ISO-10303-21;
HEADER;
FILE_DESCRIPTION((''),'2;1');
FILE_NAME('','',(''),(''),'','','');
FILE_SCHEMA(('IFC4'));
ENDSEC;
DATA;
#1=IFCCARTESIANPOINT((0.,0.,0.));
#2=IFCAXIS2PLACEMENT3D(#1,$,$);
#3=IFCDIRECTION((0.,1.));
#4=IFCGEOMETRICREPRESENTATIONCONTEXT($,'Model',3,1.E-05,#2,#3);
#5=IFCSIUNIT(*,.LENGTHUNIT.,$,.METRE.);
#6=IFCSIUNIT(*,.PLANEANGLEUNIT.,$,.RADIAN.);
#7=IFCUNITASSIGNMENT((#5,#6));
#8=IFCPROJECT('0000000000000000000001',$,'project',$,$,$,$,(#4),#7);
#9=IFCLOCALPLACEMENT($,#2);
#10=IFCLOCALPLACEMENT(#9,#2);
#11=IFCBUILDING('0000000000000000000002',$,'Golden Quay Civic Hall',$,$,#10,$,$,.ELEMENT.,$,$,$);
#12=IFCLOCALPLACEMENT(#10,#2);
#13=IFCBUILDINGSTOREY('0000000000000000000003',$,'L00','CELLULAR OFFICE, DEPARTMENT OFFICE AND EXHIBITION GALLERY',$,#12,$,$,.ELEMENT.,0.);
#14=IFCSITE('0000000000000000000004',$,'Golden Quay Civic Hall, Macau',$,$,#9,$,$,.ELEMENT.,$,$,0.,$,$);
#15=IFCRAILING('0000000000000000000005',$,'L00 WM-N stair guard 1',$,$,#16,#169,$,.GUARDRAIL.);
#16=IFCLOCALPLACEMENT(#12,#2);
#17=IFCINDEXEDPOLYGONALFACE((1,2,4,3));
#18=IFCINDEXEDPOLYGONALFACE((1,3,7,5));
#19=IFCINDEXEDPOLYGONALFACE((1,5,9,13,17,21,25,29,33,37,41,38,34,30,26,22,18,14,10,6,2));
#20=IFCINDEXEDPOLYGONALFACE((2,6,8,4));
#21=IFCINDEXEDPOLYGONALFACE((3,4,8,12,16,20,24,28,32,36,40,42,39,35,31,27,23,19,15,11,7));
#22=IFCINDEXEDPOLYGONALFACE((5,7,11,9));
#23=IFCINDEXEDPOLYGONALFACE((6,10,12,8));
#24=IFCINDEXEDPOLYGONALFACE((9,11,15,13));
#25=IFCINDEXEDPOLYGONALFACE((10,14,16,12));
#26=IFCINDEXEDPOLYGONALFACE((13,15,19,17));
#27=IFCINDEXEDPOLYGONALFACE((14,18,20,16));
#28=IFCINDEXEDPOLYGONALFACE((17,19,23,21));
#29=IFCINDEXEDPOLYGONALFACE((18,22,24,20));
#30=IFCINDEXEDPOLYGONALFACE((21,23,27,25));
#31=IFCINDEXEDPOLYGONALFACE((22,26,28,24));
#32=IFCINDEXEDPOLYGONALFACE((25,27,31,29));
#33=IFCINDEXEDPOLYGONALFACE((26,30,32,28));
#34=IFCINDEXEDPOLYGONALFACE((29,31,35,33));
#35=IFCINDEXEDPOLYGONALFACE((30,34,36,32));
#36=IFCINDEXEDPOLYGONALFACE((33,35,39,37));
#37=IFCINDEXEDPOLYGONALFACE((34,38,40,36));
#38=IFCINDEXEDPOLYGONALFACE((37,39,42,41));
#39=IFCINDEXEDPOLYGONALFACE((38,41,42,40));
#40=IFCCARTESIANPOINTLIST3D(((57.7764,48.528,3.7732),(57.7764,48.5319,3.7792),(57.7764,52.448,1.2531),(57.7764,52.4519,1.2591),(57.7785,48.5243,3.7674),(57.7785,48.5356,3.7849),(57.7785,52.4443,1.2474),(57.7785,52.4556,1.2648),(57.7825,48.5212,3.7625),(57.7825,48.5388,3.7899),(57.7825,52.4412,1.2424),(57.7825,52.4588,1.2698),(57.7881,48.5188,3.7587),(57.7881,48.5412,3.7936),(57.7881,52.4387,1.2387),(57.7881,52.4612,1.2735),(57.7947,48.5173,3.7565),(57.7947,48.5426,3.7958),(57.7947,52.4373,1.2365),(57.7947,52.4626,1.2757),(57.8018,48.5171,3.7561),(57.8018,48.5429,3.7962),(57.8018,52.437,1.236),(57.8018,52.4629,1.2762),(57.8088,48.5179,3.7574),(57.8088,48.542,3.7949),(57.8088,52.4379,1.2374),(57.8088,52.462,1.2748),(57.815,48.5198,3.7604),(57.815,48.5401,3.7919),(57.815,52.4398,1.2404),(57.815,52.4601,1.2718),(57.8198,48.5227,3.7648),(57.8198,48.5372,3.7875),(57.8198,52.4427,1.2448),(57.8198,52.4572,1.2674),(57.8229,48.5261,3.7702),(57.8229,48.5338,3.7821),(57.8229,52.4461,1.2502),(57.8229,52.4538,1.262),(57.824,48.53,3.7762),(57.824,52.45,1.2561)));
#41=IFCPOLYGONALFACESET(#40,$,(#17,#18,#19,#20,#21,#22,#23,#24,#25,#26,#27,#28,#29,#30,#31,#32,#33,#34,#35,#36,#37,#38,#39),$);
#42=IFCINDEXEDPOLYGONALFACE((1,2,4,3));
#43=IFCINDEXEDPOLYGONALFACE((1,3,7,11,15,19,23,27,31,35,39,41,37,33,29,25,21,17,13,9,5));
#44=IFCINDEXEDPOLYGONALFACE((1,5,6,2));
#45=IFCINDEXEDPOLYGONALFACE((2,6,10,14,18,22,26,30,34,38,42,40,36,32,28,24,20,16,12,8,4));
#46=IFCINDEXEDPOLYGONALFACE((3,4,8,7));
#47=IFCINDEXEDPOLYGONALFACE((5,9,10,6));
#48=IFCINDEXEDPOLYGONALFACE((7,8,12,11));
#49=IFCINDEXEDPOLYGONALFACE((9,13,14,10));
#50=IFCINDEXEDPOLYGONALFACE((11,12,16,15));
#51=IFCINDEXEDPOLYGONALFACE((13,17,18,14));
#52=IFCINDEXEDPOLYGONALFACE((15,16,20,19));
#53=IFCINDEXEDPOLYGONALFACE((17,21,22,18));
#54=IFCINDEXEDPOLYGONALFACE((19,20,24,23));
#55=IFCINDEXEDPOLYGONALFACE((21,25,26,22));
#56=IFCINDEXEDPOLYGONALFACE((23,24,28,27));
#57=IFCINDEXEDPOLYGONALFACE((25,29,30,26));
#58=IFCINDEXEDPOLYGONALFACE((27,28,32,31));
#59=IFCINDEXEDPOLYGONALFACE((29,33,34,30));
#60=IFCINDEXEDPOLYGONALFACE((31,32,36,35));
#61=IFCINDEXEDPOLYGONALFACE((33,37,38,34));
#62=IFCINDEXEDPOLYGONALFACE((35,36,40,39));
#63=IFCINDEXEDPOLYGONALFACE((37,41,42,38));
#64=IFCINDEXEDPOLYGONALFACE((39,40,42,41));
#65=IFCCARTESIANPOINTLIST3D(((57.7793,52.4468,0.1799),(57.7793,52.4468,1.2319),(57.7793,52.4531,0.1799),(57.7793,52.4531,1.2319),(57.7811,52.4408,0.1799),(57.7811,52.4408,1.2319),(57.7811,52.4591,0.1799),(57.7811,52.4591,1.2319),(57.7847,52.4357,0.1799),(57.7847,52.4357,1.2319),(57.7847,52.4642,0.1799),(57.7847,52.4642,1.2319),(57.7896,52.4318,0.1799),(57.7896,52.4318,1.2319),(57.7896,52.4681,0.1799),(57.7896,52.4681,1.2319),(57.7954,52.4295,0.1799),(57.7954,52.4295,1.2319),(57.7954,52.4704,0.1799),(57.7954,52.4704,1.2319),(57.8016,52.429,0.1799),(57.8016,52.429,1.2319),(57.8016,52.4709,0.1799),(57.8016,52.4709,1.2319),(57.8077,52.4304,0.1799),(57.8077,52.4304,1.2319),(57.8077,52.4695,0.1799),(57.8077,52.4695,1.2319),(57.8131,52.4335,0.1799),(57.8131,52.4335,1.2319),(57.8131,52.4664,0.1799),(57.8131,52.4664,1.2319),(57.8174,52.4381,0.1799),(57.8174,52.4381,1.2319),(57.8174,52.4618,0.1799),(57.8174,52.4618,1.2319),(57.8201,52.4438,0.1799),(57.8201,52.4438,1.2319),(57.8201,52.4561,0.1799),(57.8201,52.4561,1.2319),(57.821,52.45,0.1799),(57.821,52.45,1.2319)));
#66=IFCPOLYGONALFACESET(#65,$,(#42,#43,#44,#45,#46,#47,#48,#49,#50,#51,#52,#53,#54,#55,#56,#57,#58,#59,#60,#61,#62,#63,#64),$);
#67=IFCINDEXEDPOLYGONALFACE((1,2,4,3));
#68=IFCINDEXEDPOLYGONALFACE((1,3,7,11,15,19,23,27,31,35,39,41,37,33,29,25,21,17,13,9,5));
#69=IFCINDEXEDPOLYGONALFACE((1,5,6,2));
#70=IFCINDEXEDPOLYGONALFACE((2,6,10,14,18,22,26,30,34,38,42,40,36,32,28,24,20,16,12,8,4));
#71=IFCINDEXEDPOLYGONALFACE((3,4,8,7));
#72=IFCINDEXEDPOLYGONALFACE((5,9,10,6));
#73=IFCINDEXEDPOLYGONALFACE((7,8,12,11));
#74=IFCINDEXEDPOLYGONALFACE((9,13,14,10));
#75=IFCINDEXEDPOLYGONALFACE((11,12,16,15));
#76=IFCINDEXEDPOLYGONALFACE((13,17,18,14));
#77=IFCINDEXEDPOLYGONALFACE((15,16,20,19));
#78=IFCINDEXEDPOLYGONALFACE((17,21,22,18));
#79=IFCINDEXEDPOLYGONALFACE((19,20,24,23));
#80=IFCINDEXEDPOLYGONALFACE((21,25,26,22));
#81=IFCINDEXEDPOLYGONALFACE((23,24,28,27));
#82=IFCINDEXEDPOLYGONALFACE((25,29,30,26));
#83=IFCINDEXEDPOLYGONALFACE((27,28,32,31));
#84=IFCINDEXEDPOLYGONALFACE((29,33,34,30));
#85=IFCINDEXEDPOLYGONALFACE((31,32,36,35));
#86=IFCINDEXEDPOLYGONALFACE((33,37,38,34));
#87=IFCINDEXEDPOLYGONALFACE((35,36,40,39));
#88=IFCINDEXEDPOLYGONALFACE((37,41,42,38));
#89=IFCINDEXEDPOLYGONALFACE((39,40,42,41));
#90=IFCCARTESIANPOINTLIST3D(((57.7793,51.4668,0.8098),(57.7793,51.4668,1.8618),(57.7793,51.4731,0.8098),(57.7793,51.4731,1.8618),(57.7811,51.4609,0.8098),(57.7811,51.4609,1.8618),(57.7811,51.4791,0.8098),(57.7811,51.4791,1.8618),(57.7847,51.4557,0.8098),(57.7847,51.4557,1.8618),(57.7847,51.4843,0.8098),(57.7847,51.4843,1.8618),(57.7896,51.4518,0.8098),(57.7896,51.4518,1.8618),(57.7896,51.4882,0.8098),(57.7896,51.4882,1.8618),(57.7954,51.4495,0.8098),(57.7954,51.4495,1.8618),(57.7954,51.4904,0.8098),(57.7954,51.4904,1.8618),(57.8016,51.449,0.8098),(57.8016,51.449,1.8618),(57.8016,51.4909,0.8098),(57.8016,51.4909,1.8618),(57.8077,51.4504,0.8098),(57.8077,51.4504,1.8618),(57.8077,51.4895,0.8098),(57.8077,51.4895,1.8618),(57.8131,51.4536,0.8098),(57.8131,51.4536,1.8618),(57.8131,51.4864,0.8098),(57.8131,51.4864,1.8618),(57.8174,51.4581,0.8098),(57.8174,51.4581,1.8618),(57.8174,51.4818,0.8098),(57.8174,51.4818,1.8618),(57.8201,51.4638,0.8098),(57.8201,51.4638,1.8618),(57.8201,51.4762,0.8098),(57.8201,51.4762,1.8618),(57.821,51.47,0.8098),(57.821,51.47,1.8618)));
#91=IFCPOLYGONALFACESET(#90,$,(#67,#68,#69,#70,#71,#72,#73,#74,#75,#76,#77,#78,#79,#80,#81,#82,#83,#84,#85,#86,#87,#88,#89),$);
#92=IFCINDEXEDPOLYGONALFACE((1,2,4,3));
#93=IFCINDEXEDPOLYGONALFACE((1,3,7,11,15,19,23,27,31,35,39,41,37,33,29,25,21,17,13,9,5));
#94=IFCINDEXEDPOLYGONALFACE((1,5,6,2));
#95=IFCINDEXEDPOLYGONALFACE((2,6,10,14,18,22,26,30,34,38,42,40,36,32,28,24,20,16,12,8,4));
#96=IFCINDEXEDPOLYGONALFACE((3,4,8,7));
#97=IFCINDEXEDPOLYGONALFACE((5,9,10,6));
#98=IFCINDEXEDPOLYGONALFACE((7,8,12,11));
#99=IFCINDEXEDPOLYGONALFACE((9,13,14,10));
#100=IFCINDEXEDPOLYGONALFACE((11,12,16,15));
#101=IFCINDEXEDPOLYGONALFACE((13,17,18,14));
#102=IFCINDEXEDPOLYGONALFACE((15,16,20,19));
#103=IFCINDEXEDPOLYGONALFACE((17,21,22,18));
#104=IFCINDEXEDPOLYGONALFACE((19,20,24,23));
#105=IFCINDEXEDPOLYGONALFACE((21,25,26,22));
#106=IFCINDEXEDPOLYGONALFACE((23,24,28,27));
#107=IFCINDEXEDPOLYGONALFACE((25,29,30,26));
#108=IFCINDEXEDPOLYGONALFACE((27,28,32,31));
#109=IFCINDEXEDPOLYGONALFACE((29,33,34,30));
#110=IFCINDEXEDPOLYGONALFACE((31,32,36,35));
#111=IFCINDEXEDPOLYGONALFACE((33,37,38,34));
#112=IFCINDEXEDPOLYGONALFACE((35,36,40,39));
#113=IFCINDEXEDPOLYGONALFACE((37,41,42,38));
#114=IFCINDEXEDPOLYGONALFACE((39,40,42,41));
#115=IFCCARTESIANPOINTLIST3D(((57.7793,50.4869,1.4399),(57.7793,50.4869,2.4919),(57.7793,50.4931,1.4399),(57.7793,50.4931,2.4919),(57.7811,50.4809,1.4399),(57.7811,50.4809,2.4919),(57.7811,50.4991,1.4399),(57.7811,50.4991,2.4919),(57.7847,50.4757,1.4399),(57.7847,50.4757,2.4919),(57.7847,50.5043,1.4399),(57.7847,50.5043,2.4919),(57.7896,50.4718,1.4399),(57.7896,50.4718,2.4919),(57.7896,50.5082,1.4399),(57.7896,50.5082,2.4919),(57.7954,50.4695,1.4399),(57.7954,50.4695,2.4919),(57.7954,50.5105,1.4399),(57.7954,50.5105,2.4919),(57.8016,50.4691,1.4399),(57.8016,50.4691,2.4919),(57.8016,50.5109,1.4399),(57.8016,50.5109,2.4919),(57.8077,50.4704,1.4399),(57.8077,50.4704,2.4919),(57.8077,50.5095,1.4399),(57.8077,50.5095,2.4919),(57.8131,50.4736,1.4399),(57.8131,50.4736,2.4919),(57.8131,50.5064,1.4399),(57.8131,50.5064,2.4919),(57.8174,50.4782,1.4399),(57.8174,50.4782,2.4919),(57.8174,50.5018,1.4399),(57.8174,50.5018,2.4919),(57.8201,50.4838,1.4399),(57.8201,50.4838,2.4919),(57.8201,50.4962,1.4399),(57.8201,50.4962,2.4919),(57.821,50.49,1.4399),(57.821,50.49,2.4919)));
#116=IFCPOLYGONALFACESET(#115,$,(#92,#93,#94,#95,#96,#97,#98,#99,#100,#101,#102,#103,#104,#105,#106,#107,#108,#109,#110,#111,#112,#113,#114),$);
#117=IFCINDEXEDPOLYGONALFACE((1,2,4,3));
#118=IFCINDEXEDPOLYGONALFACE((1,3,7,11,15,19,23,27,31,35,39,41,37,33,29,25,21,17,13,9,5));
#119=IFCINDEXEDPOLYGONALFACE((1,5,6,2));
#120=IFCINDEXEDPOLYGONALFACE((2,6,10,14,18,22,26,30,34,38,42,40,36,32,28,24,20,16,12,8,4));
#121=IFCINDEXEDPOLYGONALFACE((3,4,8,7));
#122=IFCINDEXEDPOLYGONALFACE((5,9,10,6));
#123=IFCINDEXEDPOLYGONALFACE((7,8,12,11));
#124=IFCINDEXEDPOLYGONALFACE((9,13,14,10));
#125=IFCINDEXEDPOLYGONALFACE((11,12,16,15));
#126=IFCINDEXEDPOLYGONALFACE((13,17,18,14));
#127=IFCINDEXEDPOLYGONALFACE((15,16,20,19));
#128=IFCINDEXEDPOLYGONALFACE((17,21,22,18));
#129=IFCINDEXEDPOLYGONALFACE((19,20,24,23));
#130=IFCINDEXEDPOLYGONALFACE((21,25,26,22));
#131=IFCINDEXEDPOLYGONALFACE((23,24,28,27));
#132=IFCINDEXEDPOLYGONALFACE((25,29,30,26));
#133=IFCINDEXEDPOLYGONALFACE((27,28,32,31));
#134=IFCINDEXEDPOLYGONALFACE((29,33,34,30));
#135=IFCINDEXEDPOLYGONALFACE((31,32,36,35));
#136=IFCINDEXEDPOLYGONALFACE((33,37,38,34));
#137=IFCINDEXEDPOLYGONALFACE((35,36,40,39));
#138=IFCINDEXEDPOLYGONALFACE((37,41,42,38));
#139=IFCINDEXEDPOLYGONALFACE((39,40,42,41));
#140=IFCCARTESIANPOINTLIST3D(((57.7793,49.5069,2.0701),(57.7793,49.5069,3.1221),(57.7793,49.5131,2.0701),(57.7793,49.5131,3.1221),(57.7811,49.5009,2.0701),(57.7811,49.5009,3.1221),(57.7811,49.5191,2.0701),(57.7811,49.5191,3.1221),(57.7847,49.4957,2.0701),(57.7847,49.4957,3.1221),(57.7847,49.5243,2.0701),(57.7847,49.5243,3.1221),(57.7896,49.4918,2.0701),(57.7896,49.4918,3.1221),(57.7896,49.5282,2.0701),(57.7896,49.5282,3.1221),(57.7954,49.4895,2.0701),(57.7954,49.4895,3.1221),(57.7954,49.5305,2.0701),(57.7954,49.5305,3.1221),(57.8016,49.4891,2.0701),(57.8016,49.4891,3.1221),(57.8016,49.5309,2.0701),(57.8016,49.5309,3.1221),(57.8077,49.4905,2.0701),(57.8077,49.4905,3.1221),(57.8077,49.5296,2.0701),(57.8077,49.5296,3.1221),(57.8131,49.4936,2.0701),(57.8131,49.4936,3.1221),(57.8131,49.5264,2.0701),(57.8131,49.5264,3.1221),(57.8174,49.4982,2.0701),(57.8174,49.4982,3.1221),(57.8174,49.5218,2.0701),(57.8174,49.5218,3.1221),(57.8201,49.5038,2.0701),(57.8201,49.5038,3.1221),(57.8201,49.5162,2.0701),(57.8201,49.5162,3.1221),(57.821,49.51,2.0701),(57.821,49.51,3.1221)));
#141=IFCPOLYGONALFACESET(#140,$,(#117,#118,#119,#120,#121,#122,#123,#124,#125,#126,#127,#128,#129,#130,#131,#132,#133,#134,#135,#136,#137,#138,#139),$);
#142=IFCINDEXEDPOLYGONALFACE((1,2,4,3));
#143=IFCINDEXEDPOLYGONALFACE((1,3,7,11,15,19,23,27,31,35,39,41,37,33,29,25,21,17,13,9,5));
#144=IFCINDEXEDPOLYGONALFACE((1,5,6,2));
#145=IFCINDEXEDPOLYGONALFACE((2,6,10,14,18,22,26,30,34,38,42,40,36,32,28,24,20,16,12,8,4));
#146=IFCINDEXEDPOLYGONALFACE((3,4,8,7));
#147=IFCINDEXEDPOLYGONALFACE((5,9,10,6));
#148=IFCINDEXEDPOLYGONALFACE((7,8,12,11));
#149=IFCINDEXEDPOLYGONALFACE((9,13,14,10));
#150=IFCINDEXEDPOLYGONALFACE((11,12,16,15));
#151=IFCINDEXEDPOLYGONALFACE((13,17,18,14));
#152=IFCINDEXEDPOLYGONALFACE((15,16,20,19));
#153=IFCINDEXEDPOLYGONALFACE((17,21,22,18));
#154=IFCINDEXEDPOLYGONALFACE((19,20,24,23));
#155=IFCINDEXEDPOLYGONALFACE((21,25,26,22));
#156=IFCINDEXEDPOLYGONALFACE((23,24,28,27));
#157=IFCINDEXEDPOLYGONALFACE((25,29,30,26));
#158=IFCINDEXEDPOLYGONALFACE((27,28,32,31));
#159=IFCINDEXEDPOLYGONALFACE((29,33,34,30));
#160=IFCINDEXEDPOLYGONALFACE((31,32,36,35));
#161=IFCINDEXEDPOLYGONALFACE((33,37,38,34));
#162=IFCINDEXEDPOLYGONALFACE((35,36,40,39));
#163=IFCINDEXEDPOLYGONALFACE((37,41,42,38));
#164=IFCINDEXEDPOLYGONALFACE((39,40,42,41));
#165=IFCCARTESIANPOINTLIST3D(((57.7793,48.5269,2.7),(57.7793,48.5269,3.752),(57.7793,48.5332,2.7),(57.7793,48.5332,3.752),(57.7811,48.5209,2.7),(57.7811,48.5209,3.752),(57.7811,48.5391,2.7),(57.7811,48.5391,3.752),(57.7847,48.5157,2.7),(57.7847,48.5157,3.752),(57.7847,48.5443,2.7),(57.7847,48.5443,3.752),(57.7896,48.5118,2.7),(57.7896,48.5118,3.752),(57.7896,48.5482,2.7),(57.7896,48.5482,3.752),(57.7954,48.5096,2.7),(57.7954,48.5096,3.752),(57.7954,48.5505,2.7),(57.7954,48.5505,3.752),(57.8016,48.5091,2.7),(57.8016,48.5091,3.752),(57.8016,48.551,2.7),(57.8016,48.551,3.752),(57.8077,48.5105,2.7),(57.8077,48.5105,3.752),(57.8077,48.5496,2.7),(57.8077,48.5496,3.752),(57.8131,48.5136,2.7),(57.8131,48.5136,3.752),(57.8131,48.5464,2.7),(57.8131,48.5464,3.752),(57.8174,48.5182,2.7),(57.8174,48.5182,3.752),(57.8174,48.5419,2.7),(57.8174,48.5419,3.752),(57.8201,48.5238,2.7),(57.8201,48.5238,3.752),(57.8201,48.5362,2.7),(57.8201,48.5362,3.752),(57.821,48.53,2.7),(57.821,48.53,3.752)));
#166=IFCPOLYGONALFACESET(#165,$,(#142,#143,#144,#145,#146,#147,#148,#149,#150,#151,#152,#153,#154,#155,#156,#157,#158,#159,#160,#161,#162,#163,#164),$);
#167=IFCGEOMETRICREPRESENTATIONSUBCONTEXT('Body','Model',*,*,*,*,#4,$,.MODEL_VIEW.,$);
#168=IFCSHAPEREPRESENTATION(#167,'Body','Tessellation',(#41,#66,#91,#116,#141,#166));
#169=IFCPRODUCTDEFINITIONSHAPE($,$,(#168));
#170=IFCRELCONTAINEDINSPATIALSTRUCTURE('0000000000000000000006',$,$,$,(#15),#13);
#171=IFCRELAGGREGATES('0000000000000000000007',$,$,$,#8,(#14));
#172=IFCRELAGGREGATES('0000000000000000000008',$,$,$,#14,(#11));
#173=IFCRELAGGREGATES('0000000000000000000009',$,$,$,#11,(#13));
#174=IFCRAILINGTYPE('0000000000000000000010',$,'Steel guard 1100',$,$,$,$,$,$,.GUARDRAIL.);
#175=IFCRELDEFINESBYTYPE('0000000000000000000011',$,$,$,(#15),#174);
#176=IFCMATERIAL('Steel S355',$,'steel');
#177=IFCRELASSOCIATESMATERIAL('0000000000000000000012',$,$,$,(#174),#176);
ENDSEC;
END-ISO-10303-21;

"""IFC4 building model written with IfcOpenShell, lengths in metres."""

from ifc_helpers import new_model, si_unit, direction, frame, origin, origin_2d, place, context, subcontext, project, spatial, circle, extrude, material, type_object, element, save


model = new_model("IFC4")

# Units and contexts
model_context = context("Model", 3, precision=1e-05, world=origin(), true_north=direction((0.0, 1.0)))
body_context = subcontext(model_context, "Body", "Model", "MODEL_VIEW")
ifc_project = project(units=[si_unit("LENGTHUNIT", "METRE"), si_unit("PLANEANGLEUNIT", "RADIAN")], contexts=[model_context])

# Site, building, storey
site_placement = place(None, origin())
site = spatial("IfcSite", under=ifc_project, at=site_placement, Name="Golden Quay Civic Hall, Macau", CompositionType="ELEMENT", RefElevation=0.0)
building_placement = place(site_placement, origin())
building = spatial("IfcBuilding", under=site, at=building_placement, Name="Golden Quay Civic Hall", CompositionType="ELEMENT")
storey_placement = place(building_placement, origin())
storey = spatial("IfcBuildingStorey", under=building, at=storey_placement, Name="L00", Description="CELLULAR OFFICE, DEPARTMENT OFFICE AND EXHIBITION GALLERY", CompositionType="ELEMENT", Elevation=0.0)

# Railing
ifc_material_1 = material(Name="Steel S355", Category="steel")
railing_type_1 = type_object("IfcRailingType", Name="Steel guard 1100", PredefinedType="GUARDRAIL", material=ifc_material_1)
railing_1_placement = place(storey_placement, frame((57.8, 52.45, 0.1799)))
element("IfcRailing", 1, at=railing_1_placement, inside=storey, type_object=railing_type_1, Name="L00 WM-N stair guard 1", PredefinedType="GUARDRAIL", context=body_context, shape_type="SweptSolid", body=[
    extrude(circle(Radius=0.0239, at=origin_2d()), frame((0.0, 0.0, 1.0762), z_axis=(0.0, -0.841172, 0.540768), x_axis=(1.0, 0.0, 0.0)), (0.0, 0.0, 1.0), 4.6602),
    extrude(circle(Radius=0.021, at=origin_2d()), origin(), (0.0, 0.0, 1.0), 1.052),
    extrude(circle(Radius=0.021, at=origin_2d()), frame((0.0, -0.98, 0.6299)), (0.0, 0.0, 1.0), 1.052),
    extrude(circle(Radius=0.021, at=origin_2d()), frame((0.0, -1.96, 1.26)), (0.0, 0.0, 1.0), 1.052),
    extrude(circle(Radius=0.021, at=origin_2d()), frame((0.0, -2.9399, 1.8901)), (0.0, 0.0, 1.0), 1.052),
    extrude(circle(Radius=0.021, at=origin_2d()), frame((0.0, -3.9199, 2.52)), (0.0, 0.0, 1.0), 1.052),
])

save(model, "model.ifc")
